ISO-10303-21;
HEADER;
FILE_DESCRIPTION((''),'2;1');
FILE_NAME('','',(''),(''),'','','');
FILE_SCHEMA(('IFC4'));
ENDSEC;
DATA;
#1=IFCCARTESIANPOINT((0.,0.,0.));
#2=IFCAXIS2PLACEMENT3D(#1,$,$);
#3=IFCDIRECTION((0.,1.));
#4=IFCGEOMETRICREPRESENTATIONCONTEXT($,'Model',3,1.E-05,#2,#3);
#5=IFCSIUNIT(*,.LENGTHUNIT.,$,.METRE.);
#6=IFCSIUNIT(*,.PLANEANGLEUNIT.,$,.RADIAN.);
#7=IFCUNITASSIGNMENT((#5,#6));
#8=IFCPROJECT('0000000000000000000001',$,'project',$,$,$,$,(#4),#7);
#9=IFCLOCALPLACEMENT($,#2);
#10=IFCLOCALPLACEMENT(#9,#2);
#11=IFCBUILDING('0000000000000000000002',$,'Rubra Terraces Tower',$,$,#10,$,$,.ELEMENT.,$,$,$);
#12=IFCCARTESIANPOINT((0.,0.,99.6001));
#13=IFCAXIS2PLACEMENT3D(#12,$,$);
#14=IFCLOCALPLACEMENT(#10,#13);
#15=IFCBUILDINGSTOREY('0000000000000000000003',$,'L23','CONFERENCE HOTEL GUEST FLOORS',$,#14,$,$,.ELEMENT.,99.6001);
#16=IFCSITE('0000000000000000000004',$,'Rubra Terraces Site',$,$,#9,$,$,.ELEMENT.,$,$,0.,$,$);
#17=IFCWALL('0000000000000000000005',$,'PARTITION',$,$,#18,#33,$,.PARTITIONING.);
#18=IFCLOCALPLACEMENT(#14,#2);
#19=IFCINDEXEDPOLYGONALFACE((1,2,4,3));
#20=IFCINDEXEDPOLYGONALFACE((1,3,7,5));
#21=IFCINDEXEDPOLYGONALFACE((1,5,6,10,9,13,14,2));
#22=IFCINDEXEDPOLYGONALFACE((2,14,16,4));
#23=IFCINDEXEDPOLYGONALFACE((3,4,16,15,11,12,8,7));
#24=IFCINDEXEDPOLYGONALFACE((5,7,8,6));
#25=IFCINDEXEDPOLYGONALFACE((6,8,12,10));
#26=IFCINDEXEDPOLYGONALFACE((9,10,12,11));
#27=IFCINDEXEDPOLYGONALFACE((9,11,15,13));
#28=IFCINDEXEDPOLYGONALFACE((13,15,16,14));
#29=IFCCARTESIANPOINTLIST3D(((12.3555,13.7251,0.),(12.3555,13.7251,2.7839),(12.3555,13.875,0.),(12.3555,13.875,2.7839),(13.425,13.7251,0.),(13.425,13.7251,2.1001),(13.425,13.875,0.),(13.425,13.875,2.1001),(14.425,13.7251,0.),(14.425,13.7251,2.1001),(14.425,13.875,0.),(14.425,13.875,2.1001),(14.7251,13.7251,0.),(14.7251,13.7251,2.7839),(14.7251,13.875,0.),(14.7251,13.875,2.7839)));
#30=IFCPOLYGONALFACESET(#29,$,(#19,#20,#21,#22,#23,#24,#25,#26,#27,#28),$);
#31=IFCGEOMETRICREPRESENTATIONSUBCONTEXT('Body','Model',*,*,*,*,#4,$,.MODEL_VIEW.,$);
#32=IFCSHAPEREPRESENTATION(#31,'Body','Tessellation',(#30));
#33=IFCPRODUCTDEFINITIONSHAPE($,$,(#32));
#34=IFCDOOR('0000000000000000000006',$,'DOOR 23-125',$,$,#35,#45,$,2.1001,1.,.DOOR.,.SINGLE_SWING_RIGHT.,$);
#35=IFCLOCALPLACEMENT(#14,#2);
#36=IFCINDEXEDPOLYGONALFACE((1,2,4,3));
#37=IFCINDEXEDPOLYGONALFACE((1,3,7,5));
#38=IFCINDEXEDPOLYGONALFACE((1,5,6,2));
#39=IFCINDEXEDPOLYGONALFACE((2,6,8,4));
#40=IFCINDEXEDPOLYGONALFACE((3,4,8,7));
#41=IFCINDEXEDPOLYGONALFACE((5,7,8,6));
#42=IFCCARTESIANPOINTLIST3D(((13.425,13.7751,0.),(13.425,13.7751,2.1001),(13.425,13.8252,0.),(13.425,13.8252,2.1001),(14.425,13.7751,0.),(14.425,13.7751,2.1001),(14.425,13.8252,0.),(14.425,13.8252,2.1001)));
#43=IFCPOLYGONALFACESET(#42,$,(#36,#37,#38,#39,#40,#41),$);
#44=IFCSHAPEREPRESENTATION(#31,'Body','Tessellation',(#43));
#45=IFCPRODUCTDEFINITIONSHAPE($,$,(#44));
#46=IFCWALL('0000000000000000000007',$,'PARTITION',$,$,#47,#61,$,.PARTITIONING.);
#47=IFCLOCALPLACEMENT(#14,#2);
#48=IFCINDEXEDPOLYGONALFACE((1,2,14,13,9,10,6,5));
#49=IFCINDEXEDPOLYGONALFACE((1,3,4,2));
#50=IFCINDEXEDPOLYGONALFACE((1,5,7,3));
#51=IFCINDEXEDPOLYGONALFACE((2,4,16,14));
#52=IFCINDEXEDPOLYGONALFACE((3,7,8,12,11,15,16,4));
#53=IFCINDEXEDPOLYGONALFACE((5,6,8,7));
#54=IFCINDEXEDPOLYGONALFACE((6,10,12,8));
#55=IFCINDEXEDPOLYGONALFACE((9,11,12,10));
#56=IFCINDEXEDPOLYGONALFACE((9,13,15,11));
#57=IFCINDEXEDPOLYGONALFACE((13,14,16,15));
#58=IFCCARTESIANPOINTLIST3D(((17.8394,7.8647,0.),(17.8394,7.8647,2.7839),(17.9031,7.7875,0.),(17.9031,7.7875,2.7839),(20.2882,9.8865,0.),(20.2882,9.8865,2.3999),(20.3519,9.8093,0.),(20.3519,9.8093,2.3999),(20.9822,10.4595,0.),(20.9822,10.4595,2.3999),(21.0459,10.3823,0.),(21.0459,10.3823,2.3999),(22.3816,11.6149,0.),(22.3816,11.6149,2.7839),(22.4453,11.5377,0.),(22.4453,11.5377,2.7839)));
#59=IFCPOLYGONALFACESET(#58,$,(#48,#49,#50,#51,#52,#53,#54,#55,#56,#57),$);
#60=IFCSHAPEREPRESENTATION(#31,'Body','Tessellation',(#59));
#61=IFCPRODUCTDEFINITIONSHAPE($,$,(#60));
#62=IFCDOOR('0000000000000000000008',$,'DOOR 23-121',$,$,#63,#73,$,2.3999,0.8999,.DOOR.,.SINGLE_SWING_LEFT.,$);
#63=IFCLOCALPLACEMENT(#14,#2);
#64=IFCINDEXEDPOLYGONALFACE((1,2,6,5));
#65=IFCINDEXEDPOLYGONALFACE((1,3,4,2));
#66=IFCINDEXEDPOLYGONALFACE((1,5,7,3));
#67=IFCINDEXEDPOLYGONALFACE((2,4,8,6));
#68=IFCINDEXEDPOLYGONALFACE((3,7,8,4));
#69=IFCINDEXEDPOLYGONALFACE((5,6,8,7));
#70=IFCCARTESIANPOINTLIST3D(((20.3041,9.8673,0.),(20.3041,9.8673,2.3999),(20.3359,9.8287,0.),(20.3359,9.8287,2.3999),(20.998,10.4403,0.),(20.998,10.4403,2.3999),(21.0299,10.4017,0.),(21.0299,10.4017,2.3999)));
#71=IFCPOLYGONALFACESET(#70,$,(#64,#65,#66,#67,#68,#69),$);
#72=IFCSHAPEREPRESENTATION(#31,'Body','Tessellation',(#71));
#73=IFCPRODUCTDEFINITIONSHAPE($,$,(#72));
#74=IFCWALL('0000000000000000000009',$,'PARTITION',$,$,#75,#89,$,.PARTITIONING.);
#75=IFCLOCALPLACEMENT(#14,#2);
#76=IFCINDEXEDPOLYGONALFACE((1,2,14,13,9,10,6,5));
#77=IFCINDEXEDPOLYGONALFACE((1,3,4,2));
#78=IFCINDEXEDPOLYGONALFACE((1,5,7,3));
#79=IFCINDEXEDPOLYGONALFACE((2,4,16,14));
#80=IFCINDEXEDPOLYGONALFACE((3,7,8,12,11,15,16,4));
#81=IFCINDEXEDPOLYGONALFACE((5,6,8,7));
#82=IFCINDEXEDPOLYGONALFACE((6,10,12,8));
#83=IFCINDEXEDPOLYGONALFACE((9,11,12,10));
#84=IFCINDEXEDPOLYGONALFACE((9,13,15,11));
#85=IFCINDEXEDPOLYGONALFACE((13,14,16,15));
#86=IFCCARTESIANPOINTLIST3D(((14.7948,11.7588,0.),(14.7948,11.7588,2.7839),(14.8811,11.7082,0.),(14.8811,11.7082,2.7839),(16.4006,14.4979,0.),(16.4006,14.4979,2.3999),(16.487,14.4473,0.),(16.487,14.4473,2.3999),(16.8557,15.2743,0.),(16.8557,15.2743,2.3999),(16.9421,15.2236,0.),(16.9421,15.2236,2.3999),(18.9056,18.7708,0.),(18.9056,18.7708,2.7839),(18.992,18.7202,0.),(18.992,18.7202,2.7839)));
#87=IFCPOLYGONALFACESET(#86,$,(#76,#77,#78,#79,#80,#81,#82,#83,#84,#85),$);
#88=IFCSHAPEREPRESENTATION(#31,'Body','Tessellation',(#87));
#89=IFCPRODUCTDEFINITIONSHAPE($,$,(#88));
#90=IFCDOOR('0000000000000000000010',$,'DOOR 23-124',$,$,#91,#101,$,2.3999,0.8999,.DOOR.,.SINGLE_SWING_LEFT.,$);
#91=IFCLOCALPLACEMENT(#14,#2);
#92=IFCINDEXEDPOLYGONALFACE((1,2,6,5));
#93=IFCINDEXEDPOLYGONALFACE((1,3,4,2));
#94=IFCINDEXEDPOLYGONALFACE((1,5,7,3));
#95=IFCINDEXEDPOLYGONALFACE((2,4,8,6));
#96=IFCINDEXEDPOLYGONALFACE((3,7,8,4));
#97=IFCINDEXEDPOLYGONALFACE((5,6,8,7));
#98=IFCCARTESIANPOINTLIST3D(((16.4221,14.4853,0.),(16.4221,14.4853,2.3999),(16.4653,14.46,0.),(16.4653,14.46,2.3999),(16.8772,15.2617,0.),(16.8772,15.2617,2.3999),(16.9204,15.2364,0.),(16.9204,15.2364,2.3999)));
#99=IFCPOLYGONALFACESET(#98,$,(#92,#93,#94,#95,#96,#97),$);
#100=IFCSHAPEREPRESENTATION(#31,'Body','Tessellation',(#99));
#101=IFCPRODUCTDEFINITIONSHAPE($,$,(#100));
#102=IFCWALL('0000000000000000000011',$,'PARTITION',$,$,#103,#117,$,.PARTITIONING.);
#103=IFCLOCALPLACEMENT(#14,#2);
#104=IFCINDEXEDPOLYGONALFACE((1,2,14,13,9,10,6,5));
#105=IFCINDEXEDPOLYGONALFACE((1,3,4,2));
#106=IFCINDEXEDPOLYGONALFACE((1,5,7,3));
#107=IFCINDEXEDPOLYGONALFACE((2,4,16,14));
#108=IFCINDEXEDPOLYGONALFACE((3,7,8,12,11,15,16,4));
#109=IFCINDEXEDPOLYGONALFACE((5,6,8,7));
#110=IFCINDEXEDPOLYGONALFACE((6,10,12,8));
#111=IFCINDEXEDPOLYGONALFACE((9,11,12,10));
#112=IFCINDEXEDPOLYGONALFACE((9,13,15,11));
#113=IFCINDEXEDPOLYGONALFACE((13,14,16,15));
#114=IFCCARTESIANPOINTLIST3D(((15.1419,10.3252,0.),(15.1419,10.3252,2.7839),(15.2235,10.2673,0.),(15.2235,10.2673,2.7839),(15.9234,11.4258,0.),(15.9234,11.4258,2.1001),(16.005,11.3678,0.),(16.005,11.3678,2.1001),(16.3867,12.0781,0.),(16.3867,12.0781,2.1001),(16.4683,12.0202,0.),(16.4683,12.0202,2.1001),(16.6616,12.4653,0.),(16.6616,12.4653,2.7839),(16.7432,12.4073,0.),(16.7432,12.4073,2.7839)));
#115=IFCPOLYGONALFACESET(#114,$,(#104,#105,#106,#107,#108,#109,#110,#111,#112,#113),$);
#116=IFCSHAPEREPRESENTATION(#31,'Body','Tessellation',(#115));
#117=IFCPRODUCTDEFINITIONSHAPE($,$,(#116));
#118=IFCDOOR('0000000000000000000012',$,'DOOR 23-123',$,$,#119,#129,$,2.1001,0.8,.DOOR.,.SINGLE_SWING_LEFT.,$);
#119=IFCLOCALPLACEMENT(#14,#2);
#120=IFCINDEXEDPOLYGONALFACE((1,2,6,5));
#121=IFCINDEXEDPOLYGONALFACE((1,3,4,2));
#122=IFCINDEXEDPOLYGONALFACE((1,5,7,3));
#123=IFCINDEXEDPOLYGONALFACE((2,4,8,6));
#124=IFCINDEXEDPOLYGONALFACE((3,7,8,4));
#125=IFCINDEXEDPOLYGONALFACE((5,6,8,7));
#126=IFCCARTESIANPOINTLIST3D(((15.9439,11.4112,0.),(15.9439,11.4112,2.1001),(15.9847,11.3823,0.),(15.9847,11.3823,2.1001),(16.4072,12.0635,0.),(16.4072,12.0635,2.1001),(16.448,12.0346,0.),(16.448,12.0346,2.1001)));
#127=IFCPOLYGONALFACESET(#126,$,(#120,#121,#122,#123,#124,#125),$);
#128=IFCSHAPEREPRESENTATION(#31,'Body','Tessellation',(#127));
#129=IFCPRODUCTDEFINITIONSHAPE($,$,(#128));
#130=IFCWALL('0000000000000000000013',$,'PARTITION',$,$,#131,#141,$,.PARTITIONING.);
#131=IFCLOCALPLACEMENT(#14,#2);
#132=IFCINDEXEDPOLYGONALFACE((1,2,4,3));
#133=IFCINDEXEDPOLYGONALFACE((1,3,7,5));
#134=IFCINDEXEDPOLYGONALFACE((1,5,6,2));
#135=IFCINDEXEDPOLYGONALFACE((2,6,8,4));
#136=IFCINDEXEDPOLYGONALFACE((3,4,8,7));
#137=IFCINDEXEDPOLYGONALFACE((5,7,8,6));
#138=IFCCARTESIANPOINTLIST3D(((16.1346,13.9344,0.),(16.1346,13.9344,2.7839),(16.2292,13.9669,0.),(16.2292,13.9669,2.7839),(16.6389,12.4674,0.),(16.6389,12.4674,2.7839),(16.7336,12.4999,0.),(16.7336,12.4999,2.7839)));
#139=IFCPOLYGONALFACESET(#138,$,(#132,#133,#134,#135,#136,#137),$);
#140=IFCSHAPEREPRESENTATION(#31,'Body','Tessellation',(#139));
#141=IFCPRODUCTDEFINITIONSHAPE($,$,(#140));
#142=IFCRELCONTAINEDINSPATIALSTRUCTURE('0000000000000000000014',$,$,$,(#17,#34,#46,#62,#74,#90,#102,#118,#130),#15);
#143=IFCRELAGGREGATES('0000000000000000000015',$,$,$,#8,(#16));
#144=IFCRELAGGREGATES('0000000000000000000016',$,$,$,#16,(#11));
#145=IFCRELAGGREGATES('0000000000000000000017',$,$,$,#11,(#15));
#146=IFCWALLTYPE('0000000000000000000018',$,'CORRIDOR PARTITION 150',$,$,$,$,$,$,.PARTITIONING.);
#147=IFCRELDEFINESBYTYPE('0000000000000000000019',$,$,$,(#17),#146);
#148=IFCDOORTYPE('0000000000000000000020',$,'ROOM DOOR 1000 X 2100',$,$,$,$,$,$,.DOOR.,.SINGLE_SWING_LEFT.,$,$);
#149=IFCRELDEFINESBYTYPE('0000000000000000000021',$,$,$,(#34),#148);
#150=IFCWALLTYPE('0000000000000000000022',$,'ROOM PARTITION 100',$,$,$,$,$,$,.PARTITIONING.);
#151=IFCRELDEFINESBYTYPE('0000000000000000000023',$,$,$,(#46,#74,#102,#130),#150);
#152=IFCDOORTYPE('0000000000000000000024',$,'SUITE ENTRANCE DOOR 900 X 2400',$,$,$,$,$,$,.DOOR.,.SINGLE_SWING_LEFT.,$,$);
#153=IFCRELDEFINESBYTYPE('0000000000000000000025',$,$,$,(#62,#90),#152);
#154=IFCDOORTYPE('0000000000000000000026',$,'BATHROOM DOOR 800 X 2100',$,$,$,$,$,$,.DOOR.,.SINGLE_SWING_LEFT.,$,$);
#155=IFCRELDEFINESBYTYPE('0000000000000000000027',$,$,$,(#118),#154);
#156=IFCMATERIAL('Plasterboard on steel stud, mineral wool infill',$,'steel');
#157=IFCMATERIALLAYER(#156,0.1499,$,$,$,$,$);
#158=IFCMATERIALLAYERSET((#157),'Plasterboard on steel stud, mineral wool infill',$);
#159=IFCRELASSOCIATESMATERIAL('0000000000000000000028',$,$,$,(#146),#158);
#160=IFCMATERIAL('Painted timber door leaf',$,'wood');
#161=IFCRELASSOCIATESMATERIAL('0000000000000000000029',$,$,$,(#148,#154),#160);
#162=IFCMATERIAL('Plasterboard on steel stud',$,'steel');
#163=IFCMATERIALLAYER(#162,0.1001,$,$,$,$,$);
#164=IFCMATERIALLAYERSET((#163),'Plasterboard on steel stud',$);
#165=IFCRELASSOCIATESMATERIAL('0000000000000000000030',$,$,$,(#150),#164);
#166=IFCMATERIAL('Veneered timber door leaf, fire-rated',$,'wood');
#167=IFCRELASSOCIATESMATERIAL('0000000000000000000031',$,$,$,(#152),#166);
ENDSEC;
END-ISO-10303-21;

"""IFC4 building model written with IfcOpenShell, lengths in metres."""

from ifc_helpers import new_model, si_unit, direction, frame, frame_2d, origin, place, context, subcontext, project, spatial, rectangle, extrude, material, layer, layer_set, type_object, element, fill, save


model = new_model("IFC4")

# Units and contexts
model_context = context("Model", 3, precision=1e-05, world=origin(), true_north=direction((0.0, 1.0)))
body_context = subcontext(model_context, "Body", "Model", "MODEL_VIEW")
ifc_project = project(units=[si_unit("LENGTHUNIT", "METRE"), si_unit("PLANEANGLEUNIT", "RADIAN")], contexts=[model_context])

# Site, building, storey
site_placement = place(None, origin())
site = spatial("IfcSite", under=ifc_project, at=site_placement, Name="Rubra Terraces Site", CompositionType="ELEMENT", RefElevation=0.0)
building_placement = place(site_placement, origin())
building = spatial("IfcBuilding", under=site, at=building_placement, Name="Rubra Terraces Tower", CompositionType="ELEMENT")
storey_placement = place(building_placement, frame((0.0, 0.0, 99.6001)))
storey = spatial("IfcBuildingStorey", under=building, at=storey_placement, Name="L23", Description="CONFERENCE HOTEL GUEST FLOORS", CompositionType="ELEMENT", Elevation=99.6001)

# Shared definitions
ifc_material_1 = material(Name="Plasterboard on steel stud, mineral wool infill", Category="steel")
ifc_layer_1 = layer(ifc_material_1, 0.1499)
ifc_layer_set_1 = layer_set([ifc_layer_1], Name="Plasterboard on steel stud, mineral wool infill")
wall_type_1 = type_object("IfcWallType", Name="CORRIDOR PARTITION 150", PredefinedType="PARTITIONING", material=ifc_layer_set_1)

# Walls, openings, doors
wall_1_placement = place(storey_placement, frame((14.7251, 13.8, 0.0), z_axis=(0.0, 0.0, 1.0), x_axis=(-1.0, 0.0, 0.0)))
wall_1 = element("IfcWall", 1, at=wall_1_placement, inside=storey, type_object=wall_type_1, Name="PARTITION", PredefinedType="PARTITIONING", context=body_context, shape_type="SweptSolid", body=[
    extrude(rectangle(XDim=2.3696, YDim=0.1499, at=frame_2d((1.1848, 0.0))), origin(), (0.0, 0.0, 1.0), 2.7839),
])
opening_1_placement = place(wall_1_placement, frame((0.3, 0.0, 0.0)))
opening_1 = element("IfcOpeningElement", 2, at=opening_1_placement, cuts=wall_1, PredefinedType="OPENING", context=body_context, shape_type="SweptSolid", body=[
    extrude(rectangle(XDim=1.0, YDim=2.1001, at=frame_2d((0.5, 1.05))), frame((0.0, 0.085, 0.0), z_axis=(0.0, -1.0, 0.0), x_axis=(1.0, 0.0, 0.0)), (0.0, 0.0, 1.0), 0.1699),
])
ifc_material_2 = material(Name="Painted timber door leaf", Category="wood")
door_type_1 = type_object("IfcDoorType", Name="ROOM DOOR 1000 X 2100", OperationType="SINGLE_SWING_LEFT", PredefinedType="DOOR", material=ifc_material_2)
door_1_placement = place(opening_1_placement, origin())
door_1 = element("IfcDoor", 3, at=door_1_placement, inside=storey, type_object=door_type_1, Name="DOOR 23-125", OperationType="SINGLE_SWING_RIGHT", OverallHeight=2.1001, OverallWidth=1.0, PredefinedType="DOOR", context=body_context, shape_type="SweptSolid", body=[
    extrude(rectangle(XDim=1.0, YDim=2.1001, at=frame_2d((0.5, 1.05))), frame((0.0, 0.0249, 0.0), z_axis=(0.0, -1.0, 0.0), x_axis=(1.0, 0.0, 0.0)), (0.0, 0.0, 1.0), 0.05),
])
fill(opening_1, door_1)
ifc_material_3 = material(Name="Plasterboard on steel stud", Category="steel")
ifc_layer_2 = layer(ifc_material_3, 0.1001)
ifc_layer_set_2 = layer_set([ifc_layer_2], Name="Plasterboard on steel stud")
wall_type_2 = type_object("IfcWallType", Name="ROOM PARTITION 100", PredefinedType="PARTITIONING", material=ifc_layer_set_2)
wall_2_placement = place(storey_placement, frame((22.4136, 11.5764, 0.0), z_axis=(0.0, 0.0, 1.0), x_axis=(-0.771132, -0.636676, 0.0)))
wall_2 = element("IfcWall", 4, at=wall_2_placement, inside=storey, type_object=wall_type_2, Name="PARTITION", PredefinedType="PARTITIONING", context=body_context, shape_type="SweptSolid", body=[
    extrude(rectangle(XDim=5.8904, YDim=0.1001, at=frame_2d((2.9453, 0.0))), origin(), (0.0, 0.0, 1.0), 2.7839),
])
opening_2_placement = place(wall_2_placement, frame((1.8149, 0.0, 0.0)))
opening_2 = element("IfcOpeningElement", 5, at=opening_2_placement, cuts=wall_2, PredefinedType="OPENING", context=body_context, shape_type="SweptSolid", body=[
    extrude(rectangle(XDim=0.8999, YDim=2.3999, at=frame_2d((0.45, 1.2))), frame((0.0, 0.0601, 0.0), z_axis=(0.0, -1.0, 0.0), x_axis=(1.0, 0.0, 0.0)), (0.0, 0.0, 1.0), 0.1201),
])
ifc_material_4 = material(Name="Veneered timber door leaf, fire-rated", Category="wood")
door_type_2 = type_object("IfcDoorType", Name="SUITE ENTRANCE DOOR 900 X 2400", OperationType="SINGLE_SWING_LEFT", PredefinedType="DOOR", material=ifc_material_4)
door_2_placement = place(opening_2_placement, origin())
door_2 = element("IfcDoor", 6, at=door_2_placement, inside=storey, type_object=door_type_2, Name="DOOR 23-121", OperationType="SINGLE_SWING_LEFT", OverallHeight=2.3999, OverallWidth=0.8999, PredefinedType="DOOR", context=body_context, shape_type="SweptSolid", body=[
    extrude(rectangle(XDim=0.8999, YDim=2.3999, at=frame_2d((0.45, 1.2))), frame((0.0, 0.0249, 0.0), z_axis=(0.0, -1.0, 0.0), x_axis=(1.0, 0.0, 0.0)), (0.0, 0.0, 1.0), 0.05),
])
fill(opening_2, door_2)
wall_3_placement = place(storey_placement, frame((18.9487, 18.7454, 0.0), z_axis=(0.0, 0.0, 1.0), x_axis=(-0.505754, -0.862678, 0.0)))
wall_3 = element("IfcWall", 7, at=wall_3_placement, inside=storey, type_object=wall_type_2, Name="PARTITION", PredefinedType="PARTITIONING", context=body_context, shape_type="SweptSolid", body=[
    extrude(rectangle(XDim=8.1282, YDim=0.1001, at=frame_2d((4.064, 0.0))), origin(), (0.0, 0.0, 1.0), 2.7839),
])
opening_3_placement = place(wall_3_placement, frame((4.053, 0.0, 0.0)))
opening_3 = element("IfcOpeningElement", 8, at=opening_3_placement, cuts=wall_3, PredefinedType="OPENING", context=body_context, shape_type="SweptSolid", body=[
    extrude(rectangle(XDim=0.8999, YDim=2.3999, at=frame_2d((0.45, 1.2))), frame((0.0, 0.0601, 0.0), z_axis=(0.0, -1.0, 0.0), x_axis=(1.0, 0.0, 0.0)), (0.0, 0.0, 1.0), 0.1201),
])
door_3_placement = place(opening_3_placement, origin())
door_3 = element("IfcDoor", 9, at=door_3_placement, inside=storey, type_object=door_type_2, Name="DOOR 23-124", OperationType="SINGLE_SWING_LEFT", OverallHeight=2.3999, OverallWidth=0.8999, PredefinedType="DOOR", context=body_context, shape_type="SweptSolid", body=[
    extrude(rectangle(XDim=0.8999, YDim=2.3999, at=frame_2d((0.45, 1.2))), frame((0.0, 0.0249, 0.0), z_axis=(0.0, -1.0, 0.0), x_axis=(1.0, 0.0, 0.0)), (0.0, 0.0, 1.0), 0.05),
])
fill(opening_3, door_3)
wall_4_placement = place(storey_placement, frame((15.1826, 10.2961, 0.0), z_axis=(0.0, 0.0, 1.0), x_axis=(0.578992, 0.815333, 0.0)))
wall_4 = element("IfcWall", 10, at=wall_4_placement, inside=storey, type_object=wall_type_2, Name="PARTITION", PredefinedType="PARTITIONING", context=body_context, shape_type="SweptSolid", body=[
    extrude(rectangle(XDim=2.6248, YDim=0.1001, at=frame_2d((1.3125, 0.0))), origin(), (0.0, 0.0, 1.0), 2.7839),
])
opening_4_placement = place(wall_4_placement, frame((1.3501, 0.0, 0.0)))
opening_4 = element("IfcOpeningElement", 11, at=opening_4_placement, cuts=wall_4, PredefinedType="OPENING", context=body_context, shape_type="SweptSolid", body=[
    extrude(rectangle(XDim=0.8, YDim=2.1001, at=frame_2d((0.3999, 1.05))), frame((0.0, 0.0601, 0.0), z_axis=(0.0, -1.0, 0.0), x_axis=(1.0, 0.0, 0.0)), (0.0, 0.0, 1.0), 0.1201),
])
door_type_3 = type_object("IfcDoorType", Name="BATHROOM DOOR 800 X 2100", OperationType="SINGLE_SWING_LEFT", PredefinedType="DOOR", material=ifc_material_2)
door_4_placement = place(opening_4_placement, origin())
door_4 = element("IfcDoor", 12, at=door_4_placement, inside=storey, type_object=door_type_3, Name="DOOR 23-123", OperationType="SINGLE_SWING_LEFT", OverallHeight=2.1001, OverallWidth=0.8, PredefinedType="DOOR", context=body_context, shape_type="SweptSolid", body=[
    extrude(rectangle(XDim=0.8, YDim=2.1001, at=frame_2d((0.3999, 1.05))), frame((0.0, 0.0249, 0.0), z_axis=(0.0, -1.0, 0.0), x_axis=(1.0, 0.0, 0.0)), (0.0, 0.0, 1.0), 0.05),
])
fill(opening_4, door_4)

# Wall
wall_5_placement = place(storey_placement, frame((16.6863, 12.4836, 0.0), z_axis=(0.0, 0.0, 1.0), x_axis=(-0.325137, 0.945667, 0.0)))
element("IfcWall", 13, at=wall_5_placement, inside=storey, type_object=wall_type_2, Name="PARTITION", PredefinedType="PARTITIONING", context=body_context, shape_type="SweptSolid", body=[
    extrude(rectangle(XDim=1.5513, YDim=0.1001, at=frame_2d((0.7756, 0.0))), origin(), (0.0, 0.0, 1.0), 2.7839),
])

save(model, "model.ifc")
